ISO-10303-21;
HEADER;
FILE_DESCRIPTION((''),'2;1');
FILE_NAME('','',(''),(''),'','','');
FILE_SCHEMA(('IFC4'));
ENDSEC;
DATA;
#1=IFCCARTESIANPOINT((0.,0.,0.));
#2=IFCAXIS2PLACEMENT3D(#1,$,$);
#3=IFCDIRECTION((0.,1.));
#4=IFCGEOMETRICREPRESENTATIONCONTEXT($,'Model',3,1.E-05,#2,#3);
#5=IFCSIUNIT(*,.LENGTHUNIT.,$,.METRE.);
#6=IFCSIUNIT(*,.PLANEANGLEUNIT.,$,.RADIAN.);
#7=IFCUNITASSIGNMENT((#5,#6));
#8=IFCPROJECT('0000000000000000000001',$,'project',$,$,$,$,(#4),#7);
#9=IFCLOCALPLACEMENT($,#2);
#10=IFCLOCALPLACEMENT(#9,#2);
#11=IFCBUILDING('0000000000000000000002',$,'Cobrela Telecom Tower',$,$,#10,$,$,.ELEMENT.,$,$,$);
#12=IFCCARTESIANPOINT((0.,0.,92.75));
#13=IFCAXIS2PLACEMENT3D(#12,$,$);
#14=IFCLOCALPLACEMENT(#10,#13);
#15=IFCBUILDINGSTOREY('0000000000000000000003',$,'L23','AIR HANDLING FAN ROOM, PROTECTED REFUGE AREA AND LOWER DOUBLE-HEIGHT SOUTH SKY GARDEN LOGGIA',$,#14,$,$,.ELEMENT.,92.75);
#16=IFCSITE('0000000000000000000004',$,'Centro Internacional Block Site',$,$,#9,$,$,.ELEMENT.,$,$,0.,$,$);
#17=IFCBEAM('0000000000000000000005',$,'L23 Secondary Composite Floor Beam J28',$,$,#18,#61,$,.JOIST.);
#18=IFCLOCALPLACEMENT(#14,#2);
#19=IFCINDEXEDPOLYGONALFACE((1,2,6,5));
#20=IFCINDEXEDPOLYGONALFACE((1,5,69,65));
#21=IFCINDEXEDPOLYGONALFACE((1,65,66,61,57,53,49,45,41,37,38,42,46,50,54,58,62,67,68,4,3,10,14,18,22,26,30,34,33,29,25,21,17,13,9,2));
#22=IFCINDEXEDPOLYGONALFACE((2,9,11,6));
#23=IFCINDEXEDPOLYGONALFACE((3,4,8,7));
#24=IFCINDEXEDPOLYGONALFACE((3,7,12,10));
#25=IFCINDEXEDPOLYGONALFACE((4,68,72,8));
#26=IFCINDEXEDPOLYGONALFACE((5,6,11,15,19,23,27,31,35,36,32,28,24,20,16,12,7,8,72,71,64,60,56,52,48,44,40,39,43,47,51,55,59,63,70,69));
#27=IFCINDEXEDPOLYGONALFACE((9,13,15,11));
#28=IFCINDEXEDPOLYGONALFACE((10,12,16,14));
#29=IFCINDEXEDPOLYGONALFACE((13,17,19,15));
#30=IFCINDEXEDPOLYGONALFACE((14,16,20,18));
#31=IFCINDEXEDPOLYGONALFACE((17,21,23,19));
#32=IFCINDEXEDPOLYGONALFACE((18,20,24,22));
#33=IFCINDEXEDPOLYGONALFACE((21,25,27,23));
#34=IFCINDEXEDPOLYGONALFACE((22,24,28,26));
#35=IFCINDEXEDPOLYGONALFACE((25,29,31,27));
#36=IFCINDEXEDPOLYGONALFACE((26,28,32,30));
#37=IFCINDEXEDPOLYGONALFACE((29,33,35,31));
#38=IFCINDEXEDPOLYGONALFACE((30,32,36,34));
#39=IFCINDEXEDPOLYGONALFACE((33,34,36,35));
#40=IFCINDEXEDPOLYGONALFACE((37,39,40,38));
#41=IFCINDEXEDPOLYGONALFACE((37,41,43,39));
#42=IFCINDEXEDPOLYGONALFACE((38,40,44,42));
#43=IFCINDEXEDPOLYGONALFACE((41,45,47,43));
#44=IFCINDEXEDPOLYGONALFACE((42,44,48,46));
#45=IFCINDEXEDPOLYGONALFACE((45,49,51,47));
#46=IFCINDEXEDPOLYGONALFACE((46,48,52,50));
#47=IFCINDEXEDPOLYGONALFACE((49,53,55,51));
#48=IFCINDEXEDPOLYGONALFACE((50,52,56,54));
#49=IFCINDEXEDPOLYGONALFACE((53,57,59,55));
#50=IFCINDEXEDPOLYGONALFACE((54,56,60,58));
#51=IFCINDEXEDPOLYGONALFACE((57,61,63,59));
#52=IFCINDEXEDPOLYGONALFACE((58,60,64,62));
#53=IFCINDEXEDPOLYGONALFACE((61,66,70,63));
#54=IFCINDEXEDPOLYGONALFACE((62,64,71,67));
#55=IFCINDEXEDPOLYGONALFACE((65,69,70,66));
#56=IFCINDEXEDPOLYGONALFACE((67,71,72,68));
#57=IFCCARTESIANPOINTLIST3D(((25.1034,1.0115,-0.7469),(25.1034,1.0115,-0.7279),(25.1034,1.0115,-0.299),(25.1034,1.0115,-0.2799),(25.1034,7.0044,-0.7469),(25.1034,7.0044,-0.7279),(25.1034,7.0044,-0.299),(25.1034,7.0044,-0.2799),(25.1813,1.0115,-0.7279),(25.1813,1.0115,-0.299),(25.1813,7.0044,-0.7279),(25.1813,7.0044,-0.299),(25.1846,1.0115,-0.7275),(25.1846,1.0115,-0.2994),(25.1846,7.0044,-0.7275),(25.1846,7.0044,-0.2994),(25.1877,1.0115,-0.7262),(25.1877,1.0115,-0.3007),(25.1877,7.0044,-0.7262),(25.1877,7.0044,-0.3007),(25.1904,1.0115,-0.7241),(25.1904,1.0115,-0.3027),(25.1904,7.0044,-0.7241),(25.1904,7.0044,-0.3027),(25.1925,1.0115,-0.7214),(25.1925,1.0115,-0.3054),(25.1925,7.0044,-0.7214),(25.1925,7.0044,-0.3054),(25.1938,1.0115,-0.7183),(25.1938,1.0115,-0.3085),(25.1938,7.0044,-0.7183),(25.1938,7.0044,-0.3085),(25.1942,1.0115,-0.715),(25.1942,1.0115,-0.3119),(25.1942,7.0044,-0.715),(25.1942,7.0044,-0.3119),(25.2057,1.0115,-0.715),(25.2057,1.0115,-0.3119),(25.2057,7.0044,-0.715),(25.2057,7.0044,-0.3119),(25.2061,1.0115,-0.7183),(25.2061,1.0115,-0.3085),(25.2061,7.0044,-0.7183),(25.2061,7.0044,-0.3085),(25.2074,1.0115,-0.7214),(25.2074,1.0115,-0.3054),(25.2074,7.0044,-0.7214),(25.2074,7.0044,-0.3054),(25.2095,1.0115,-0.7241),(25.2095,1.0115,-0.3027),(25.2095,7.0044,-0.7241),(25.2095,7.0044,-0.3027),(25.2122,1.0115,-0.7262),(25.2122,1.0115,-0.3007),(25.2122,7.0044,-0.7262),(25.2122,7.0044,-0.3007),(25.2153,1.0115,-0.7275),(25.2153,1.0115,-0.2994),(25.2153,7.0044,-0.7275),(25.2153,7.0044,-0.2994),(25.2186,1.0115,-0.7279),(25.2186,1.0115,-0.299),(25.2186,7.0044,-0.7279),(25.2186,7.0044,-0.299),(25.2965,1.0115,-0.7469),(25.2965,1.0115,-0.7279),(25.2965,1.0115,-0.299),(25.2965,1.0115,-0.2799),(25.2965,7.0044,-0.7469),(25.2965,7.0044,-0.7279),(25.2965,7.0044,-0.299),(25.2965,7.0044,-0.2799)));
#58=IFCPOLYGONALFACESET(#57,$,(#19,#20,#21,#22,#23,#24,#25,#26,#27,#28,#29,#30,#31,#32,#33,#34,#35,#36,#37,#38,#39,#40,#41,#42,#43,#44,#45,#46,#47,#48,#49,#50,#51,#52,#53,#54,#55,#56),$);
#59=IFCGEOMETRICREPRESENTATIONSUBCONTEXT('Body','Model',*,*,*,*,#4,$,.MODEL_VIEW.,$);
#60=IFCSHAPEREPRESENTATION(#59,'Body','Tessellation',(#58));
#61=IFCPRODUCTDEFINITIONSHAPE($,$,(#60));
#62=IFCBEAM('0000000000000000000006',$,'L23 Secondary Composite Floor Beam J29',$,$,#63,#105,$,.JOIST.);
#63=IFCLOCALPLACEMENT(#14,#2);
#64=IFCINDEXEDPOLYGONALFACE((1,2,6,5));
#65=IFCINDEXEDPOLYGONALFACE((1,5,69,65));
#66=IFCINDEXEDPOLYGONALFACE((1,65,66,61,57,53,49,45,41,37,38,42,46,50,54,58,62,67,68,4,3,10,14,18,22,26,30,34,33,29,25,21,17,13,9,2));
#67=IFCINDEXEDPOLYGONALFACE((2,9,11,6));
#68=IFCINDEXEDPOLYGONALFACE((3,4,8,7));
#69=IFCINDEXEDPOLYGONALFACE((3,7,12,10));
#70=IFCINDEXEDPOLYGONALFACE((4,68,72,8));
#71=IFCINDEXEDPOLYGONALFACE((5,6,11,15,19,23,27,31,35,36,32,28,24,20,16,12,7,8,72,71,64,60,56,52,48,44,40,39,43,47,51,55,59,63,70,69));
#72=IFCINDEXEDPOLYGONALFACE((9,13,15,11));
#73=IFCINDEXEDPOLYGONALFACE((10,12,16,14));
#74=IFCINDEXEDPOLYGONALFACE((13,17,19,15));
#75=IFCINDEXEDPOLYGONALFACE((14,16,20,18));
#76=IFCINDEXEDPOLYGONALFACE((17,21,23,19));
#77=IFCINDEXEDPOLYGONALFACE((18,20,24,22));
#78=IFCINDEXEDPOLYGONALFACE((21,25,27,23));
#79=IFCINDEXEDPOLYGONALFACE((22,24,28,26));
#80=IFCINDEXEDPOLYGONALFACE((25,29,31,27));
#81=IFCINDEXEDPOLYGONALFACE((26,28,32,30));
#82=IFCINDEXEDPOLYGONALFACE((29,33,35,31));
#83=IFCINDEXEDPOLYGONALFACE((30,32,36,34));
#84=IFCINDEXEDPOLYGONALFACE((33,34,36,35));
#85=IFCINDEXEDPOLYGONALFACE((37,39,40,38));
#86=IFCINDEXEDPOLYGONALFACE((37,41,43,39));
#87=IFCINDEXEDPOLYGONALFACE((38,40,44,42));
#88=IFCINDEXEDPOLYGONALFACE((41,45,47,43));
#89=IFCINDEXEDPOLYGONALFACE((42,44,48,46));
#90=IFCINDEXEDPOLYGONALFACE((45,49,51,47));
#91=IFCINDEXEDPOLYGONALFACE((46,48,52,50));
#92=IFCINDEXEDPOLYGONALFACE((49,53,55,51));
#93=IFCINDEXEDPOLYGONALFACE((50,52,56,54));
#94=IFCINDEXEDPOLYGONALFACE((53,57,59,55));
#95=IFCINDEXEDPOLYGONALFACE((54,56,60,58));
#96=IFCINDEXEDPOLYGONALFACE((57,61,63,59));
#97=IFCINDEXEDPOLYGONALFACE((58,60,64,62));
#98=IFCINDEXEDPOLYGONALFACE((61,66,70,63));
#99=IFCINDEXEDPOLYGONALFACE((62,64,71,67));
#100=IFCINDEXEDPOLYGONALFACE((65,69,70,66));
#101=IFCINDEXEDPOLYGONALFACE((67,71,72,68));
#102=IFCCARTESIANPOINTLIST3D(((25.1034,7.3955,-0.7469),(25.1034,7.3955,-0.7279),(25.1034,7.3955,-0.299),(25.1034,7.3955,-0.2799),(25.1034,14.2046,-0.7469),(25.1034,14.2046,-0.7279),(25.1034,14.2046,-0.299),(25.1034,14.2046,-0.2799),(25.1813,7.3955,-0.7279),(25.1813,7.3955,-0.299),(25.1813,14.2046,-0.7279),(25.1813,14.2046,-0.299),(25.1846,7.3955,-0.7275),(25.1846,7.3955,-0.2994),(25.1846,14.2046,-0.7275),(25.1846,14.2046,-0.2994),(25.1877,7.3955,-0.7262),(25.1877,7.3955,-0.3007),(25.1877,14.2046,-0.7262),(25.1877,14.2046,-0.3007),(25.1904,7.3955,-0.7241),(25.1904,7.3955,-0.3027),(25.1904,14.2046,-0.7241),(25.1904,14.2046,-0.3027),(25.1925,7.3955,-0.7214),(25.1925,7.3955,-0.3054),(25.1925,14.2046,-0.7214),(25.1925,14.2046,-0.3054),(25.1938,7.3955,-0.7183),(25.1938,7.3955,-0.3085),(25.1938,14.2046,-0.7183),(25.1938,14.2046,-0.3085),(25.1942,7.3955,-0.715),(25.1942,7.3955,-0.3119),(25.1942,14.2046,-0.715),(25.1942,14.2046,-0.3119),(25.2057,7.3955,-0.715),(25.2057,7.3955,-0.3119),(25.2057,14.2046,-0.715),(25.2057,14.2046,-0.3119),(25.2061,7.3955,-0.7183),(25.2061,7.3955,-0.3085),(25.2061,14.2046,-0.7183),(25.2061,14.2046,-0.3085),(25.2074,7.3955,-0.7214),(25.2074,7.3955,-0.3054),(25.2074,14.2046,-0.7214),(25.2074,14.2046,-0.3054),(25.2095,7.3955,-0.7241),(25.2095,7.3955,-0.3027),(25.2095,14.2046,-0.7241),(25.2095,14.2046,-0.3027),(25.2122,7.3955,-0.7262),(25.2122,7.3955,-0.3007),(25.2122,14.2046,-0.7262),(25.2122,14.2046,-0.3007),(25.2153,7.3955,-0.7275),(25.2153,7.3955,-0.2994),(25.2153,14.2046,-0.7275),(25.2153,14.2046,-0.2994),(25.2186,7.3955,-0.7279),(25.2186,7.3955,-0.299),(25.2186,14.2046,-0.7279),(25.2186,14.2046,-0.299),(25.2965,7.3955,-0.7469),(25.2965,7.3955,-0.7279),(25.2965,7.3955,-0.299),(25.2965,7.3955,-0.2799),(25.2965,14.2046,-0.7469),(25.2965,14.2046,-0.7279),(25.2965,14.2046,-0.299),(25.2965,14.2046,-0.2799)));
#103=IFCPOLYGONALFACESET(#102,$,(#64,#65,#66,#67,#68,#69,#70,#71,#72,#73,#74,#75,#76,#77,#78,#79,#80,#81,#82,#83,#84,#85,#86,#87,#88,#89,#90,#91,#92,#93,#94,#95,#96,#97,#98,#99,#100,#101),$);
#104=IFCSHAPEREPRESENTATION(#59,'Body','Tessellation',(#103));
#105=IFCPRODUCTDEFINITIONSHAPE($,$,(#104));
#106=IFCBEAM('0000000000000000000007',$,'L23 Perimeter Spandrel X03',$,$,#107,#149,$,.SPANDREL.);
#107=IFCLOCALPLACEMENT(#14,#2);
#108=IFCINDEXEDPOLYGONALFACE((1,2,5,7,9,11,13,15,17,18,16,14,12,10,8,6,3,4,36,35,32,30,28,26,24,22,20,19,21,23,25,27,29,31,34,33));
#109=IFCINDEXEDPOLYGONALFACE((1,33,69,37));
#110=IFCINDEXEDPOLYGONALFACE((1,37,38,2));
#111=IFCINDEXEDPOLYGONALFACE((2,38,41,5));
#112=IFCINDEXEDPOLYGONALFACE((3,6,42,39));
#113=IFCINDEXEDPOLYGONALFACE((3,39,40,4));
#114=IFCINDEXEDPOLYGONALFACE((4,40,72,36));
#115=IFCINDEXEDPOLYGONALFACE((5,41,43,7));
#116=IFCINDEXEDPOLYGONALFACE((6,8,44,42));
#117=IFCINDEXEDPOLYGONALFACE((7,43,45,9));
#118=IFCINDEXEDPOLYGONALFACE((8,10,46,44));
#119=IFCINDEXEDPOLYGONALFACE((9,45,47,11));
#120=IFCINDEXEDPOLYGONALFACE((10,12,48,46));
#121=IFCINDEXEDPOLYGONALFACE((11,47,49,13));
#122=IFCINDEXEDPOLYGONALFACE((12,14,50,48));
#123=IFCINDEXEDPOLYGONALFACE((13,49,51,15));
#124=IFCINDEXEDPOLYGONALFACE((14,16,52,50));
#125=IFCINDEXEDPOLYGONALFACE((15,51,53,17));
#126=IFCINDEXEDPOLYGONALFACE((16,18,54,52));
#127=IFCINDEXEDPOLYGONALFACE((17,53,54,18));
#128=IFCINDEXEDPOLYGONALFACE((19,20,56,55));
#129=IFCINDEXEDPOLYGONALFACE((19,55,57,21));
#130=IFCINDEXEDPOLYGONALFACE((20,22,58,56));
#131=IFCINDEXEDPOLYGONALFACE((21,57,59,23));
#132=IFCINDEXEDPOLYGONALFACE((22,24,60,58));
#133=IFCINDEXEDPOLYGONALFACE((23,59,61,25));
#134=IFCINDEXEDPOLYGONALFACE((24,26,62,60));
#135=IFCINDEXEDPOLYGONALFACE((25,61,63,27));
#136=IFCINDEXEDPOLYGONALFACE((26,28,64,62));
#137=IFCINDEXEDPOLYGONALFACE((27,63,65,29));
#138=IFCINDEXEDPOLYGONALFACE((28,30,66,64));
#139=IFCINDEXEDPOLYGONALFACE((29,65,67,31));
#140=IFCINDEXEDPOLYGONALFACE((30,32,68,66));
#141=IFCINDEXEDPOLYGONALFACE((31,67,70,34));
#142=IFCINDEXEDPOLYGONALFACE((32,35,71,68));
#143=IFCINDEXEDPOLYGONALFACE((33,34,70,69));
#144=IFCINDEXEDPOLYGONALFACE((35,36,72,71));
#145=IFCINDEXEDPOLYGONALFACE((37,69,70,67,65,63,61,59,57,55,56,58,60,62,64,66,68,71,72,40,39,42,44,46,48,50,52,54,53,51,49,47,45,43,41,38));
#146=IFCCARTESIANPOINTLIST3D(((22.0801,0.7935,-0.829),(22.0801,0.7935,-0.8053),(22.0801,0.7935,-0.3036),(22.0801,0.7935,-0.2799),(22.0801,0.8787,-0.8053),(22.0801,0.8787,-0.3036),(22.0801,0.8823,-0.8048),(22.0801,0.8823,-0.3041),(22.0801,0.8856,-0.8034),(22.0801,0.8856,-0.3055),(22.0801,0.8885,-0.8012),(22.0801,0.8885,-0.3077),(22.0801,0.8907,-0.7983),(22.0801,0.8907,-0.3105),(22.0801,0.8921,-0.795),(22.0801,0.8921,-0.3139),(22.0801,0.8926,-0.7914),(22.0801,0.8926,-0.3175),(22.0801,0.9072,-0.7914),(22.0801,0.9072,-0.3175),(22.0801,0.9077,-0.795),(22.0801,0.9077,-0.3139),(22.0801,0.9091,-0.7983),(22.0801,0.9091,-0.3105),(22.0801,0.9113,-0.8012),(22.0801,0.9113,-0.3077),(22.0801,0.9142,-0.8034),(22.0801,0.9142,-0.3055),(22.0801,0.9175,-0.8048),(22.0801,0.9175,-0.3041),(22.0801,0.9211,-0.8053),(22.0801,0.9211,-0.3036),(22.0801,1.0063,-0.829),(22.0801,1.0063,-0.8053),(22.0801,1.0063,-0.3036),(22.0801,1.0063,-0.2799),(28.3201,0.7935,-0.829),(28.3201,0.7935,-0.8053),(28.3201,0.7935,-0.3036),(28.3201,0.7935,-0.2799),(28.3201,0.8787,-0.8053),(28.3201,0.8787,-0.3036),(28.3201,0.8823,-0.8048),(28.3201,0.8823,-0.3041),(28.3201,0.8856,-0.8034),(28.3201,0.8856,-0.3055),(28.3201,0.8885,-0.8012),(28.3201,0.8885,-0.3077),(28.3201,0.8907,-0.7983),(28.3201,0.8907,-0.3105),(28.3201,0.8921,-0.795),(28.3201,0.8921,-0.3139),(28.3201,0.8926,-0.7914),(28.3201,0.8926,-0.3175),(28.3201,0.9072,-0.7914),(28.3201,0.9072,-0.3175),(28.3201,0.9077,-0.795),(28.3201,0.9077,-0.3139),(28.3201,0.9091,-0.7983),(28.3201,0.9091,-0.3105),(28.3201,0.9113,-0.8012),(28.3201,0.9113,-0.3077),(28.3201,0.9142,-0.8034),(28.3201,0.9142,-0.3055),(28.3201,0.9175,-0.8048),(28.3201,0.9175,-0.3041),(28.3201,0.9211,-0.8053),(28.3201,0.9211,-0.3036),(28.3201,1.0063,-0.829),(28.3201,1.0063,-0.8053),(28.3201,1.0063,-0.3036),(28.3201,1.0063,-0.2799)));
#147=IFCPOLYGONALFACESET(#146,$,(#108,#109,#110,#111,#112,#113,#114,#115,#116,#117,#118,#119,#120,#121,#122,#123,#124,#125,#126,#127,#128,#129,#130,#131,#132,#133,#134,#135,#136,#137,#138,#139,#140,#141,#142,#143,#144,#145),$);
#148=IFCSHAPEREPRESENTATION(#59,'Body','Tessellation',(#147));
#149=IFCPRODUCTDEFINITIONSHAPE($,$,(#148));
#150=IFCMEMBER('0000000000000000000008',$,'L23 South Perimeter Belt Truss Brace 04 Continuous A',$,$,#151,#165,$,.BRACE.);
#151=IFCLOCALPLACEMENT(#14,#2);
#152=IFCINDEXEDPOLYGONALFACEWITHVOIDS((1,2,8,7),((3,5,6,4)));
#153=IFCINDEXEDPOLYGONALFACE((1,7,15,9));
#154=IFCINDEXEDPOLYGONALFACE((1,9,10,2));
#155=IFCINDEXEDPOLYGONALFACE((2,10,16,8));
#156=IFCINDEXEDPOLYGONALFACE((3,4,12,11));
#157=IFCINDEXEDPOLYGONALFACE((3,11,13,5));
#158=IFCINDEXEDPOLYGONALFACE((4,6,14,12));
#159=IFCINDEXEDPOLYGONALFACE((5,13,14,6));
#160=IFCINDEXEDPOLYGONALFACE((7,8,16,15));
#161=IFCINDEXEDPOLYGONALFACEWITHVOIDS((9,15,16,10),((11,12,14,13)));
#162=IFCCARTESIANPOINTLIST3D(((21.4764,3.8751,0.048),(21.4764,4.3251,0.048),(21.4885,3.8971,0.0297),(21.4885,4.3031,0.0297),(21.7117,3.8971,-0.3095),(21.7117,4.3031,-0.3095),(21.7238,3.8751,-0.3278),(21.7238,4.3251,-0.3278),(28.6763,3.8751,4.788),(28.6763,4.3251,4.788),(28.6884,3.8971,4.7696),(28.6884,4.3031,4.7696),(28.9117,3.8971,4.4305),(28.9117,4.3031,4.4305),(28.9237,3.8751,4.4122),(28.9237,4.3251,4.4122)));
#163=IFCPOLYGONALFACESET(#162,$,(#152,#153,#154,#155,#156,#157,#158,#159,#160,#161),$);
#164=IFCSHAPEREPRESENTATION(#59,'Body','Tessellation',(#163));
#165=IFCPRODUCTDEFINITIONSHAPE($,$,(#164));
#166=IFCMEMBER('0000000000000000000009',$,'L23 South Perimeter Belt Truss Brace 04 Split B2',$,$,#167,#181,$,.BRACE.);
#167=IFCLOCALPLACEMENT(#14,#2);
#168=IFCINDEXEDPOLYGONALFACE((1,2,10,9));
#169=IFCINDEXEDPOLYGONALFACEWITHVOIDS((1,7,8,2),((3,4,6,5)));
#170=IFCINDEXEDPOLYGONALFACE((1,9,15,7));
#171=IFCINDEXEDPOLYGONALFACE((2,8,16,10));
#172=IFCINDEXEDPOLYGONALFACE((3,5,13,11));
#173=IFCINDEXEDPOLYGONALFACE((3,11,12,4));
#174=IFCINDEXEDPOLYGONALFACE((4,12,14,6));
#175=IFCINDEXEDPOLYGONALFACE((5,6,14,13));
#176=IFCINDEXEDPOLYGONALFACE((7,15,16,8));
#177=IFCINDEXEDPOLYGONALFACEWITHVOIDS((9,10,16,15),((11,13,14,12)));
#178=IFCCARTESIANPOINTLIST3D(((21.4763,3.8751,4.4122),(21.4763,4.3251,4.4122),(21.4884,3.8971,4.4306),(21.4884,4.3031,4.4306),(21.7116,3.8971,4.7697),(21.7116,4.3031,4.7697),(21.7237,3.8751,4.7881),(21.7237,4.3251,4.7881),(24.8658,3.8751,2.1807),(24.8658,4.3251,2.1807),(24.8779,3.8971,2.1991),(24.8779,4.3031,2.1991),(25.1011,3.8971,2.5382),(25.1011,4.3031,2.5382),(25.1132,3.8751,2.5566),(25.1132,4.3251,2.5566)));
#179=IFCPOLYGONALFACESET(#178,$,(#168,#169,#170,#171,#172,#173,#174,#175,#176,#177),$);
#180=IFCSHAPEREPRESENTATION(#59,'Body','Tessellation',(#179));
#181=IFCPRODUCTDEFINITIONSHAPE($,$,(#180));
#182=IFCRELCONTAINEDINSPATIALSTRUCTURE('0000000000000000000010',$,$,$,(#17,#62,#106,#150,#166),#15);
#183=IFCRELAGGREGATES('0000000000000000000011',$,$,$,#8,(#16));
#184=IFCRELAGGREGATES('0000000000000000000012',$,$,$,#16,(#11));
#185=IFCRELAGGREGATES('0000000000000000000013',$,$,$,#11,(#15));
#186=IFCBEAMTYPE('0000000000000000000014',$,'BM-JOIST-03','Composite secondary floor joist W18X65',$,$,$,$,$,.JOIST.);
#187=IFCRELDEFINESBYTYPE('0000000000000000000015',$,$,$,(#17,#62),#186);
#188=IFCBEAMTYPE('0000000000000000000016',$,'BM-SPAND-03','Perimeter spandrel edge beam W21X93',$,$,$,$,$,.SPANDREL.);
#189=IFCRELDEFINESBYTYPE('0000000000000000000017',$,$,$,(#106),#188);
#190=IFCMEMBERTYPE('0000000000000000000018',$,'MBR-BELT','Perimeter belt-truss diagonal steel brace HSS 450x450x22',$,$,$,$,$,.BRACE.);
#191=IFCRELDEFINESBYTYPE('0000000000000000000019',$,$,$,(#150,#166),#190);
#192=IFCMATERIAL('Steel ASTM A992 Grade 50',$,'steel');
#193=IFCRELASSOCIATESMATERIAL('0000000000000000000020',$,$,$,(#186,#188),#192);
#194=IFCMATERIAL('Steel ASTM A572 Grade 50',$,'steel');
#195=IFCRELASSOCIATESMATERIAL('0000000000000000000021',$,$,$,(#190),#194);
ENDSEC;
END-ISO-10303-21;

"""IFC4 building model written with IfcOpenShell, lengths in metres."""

from ifc_helpers import new_model, si_unit, direction, frame, origin, origin_2d, place, context, subcontext, project, spatial, hollow_rectangle, i_section, extrude, material, material_profile, profile_set, type_object, element, save


model = new_model("IFC4")

# Units and contexts
model_context = context("Model", 3, precision=1e-05, world=origin(), true_north=direction((0.0, 1.0)))
body_context = subcontext(model_context, "Body", "Model", "MODEL_VIEW")
ifc_project = project(units=[si_unit("LENGTHUNIT", "METRE"), si_unit("PLANEANGLEUNIT", "RADIAN")], contexts=[model_context])

# Site, building, storey
site_placement = place(None, origin())
site = spatial("IfcSite", under=ifc_project, at=site_placement, Name="Centro Internacional Block Site", CompositionType="ELEMENT", RefElevation=0.0)
building_placement = place(site_placement, origin())
building = spatial("IfcBuilding", under=site, at=building_placement, Name="Cobrela Telecom Tower", CompositionType="ELEMENT")
storey_placement = place(building_placement, frame((0.0, 0.0, 92.75)))
storey = spatial("IfcBuildingStorey", under=building, at=storey_placement, Name="L23", Description="AIR HANDLING FAN ROOM, PROTECTED REFUGE AREA AND LOWER DOUBLE-HEIGHT SOUTH SKY GARDEN LOGGIA", CompositionType="ELEMENT", Elevation=92.75)

# Beams
ifc_material_1 = material(Name="Steel ASTM A992 Grade 50", Category="steel")
ifc_material_profile_1 = material_profile(ifc_material_1, i_section(OverallWidth=0.1931, OverallDepth=0.467, WebThickness=0.0115, FlangeThickness=0.019, FilletRadius=0.0129, at=origin_2d()), Name="W18X65")
ifc_profile_set_1 = profile_set([ifc_material_profile_1], Name="Steel ASTM A992 Grade 50")
beam_type_1 = type_object("IfcBeamType", Name="BM-JOIST-03", Description="Composite secondary floor joist W18X65", PredefinedType="JOIST", material=ifc_profile_set_1)
beam_1_placement = place(storey_placement, frame((25.2, 1.0115, -0.5134), z_axis=(0.0, 1.0, 0.0), x_axis=(-1.0, 0.0, 0.0)))
element("IfcBeam", 1, at=beam_1_placement, inside=storey, type_object=beam_type_1, Name="L23 Secondary Composite Floor Beam J28", PredefinedType="JOIST", context=body_context, shape_type="SweptSolid", body=[
    extrude(i_section(OverallWidth=0.1931, OverallDepth=0.467, WebThickness=0.0115, FlangeThickness=0.019, FilletRadius=0.0129, at=origin_2d()), origin(), (0.0, 0.0, 1.0), 5.9929),
])
beam_2_placement = place(storey_placement, frame((25.2, 7.3955, -0.5134), z_axis=(0.0, 1.0, 0.0), x_axis=(-1.0, 0.0, 0.0)))
element("IfcBeam", 2, at=beam_2_placement, inside=storey, type_object=beam_type_1, Name="L23 Secondary Composite Floor Beam J29", PredefinedType="JOIST", context=body_context, shape_type="SweptSolid", body=[
    extrude(i_section(OverallWidth=0.1931, OverallDepth=0.467, WebThickness=0.0115, FlangeThickness=0.019, FilletRadius=0.0129, at=origin_2d()), origin(), (0.0, 0.0, 1.0), 6.8091),
])
ifc_material_profile_2 = material_profile(ifc_material_1, i_section(OverallWidth=0.2129, OverallDepth=0.5491, WebThickness=0.0146, FlangeThickness=0.0237, FilletRadius=0.0139, at=origin_2d()), Name="W21X93")
ifc_profile_set_2 = profile_set([ifc_material_profile_2], Name="Steel ASTM A992 Grade 50")
beam_type_2 = type_object("IfcBeamType", Name="BM-SPAND-03", Description="Perimeter spandrel edge beam W21X93", PredefinedType="SPANDREL", material=ifc_profile_set_2)
beam_3_placement = place(storey_placement, frame((22.0801, 0.8999, -0.5544), z_axis=(1.0, 0.0, 0.0), x_axis=(0.0, 1.0, 0.0)))
element("IfcBeam", 3, at=beam_3_placement, inside=storey, type_object=beam_type_2, Name="L23 Perimeter Spandrel X03", PredefinedType="SPANDREL", context=body_context, shape_type="SweptSolid", body=[
    extrude(i_section(OverallWidth=0.2129, OverallDepth=0.5491, WebThickness=0.0146, FlangeThickness=0.0237, FilletRadius=0.0139, at=origin_2d()), origin(), (0.0, 0.0, 1.0), 6.24),
])

# Members
ifc_material_2 = material(Name="Steel ASTM A572 Grade 50", Category="steel")
ifc_material_profile_3 = material_profile(ifc_material_2, hollow_rectangle(XDim=0.45, YDim=0.45, WallThickness=0.022, at=origin_2d()), Name="HSS 450x450x22")
ifc_profile_set_3 = profile_set([ifc_material_profile_3], Name="Steel ASTM A572 Grade 50")
member_type_1 = type_object("IfcMemberType", Name="MBR-BELT", Description="Perimeter belt-truss diagonal steel brace HSS 450x450x22", PredefinedType="BRACE", material=ifc_profile_set_3)
member_1_placement = place(storey_placement, frame((21.6001, 4.1001, -0.1399), z_axis=(0.835248, 0.0, 0.549874), x_axis=(0.0, 1.0, 0.0)))
element("IfcMember", 4, at=member_1_placement, inside=storey, type_object=member_type_1, Name="L23 South Perimeter Belt Truss Brace 04 Continuous A", PredefinedType="BRACE", context=body_context, shape_type="SweptSolid", body=[
    extrude(hollow_rectangle(XDim=0.45, YDim=0.45, WallThickness=0.022, at=origin_2d()), origin(), (0.0, 0.0, 1.0), 8.6201),
])
member_2_placement = place(storey_placement, frame((24.9895, 4.1001, 2.3687), z_axis=(-0.835239, 0.0, 0.549887), x_axis=(0.0, -1.0, 0.0)))
element("IfcMember", 5, at=member_2_placement, inside=storey, type_object=member_type_1, Name="L23 South Perimeter Belt Truss Brace 04 Split B2", PredefinedType="BRACE", context=body_context, shape_type="SweptSolid", body=[
    extrude(hollow_rectangle(XDim=0.45, YDim=0.45, WallThickness=0.022, at=origin_2d()), origin(), (0.0, 0.0, 1.0), 4.0581),
])

save(model, "model.ifc")
